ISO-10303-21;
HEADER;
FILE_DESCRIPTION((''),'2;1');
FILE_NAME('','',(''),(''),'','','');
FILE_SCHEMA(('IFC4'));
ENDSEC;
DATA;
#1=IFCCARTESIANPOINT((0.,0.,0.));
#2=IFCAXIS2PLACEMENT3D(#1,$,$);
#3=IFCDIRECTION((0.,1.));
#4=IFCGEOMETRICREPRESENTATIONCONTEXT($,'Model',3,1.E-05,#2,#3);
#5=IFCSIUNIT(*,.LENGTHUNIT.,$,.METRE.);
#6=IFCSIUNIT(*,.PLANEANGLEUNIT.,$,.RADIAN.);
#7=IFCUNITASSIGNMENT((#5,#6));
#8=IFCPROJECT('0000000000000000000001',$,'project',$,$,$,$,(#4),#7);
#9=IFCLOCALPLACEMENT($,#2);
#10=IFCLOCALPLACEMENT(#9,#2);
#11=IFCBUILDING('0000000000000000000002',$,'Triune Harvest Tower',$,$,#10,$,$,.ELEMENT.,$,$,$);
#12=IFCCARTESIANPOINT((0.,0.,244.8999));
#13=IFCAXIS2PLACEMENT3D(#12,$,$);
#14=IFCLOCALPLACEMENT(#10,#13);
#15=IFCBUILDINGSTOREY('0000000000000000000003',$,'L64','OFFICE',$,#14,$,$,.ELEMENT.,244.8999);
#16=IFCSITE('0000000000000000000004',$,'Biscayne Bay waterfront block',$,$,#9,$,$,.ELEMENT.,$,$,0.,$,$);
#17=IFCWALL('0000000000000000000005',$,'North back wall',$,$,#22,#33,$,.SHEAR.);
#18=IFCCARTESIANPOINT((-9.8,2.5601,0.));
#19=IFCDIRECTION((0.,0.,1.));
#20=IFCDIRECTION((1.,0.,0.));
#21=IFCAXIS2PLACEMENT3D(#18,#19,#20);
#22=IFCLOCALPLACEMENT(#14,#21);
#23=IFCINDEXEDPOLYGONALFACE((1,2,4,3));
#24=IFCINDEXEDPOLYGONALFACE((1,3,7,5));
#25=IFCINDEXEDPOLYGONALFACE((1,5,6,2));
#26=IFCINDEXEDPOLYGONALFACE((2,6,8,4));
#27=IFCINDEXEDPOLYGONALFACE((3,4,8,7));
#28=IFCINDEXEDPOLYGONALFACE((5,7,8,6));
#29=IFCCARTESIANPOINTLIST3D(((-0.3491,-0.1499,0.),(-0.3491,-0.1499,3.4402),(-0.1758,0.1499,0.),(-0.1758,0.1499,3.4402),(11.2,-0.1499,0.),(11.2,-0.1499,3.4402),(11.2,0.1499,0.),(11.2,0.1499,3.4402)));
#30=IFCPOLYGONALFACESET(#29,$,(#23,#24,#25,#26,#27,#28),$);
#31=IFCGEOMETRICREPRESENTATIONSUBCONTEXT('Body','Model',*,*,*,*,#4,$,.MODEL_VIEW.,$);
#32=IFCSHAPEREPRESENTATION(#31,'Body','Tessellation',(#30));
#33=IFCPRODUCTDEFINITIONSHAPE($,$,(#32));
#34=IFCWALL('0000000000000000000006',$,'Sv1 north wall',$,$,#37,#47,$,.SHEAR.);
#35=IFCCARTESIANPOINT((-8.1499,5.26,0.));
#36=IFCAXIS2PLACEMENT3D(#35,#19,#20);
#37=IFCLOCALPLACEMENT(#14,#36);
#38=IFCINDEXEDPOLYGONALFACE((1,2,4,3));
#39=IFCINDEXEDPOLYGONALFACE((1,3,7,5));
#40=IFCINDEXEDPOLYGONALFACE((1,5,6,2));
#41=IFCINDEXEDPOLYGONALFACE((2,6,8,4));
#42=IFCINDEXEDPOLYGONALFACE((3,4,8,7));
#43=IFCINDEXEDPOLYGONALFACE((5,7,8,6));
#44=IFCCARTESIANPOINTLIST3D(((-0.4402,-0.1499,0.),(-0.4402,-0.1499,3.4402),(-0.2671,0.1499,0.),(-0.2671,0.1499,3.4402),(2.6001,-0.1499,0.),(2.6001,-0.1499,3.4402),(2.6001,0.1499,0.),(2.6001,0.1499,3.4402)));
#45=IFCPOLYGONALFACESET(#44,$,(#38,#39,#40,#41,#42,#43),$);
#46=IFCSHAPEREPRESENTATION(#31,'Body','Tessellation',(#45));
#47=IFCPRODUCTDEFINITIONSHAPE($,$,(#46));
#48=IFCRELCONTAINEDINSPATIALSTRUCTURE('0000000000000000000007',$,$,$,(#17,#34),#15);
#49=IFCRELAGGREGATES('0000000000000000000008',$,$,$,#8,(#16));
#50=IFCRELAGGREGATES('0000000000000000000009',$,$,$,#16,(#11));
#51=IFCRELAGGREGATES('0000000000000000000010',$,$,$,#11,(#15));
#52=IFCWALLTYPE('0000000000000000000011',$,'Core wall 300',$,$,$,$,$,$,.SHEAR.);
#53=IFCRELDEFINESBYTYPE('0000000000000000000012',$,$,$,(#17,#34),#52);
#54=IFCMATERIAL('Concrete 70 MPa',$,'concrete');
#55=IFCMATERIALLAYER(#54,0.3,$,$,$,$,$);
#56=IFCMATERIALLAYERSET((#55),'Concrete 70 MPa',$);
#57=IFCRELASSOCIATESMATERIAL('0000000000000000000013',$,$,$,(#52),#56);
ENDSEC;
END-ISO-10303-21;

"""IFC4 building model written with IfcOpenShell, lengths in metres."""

from ifc_helpers import new_model, si_unit, direction, frame, origin, place, context, subcontext, project, spatial, polyline, outline, extrude, source, transform, mapped, material, layer, layer_set, type_object, element, save


model = new_model("IFC4")

# Units and contexts
model_context = context("Model", 3, precision=1e-05, world=origin(), true_north=direction((0.0, 1.0)))
body_context = subcontext(model_context, "Body", "Model", "MODEL_VIEW")
ifc_project = project(units=[si_unit("LENGTHUNIT", "METRE"), si_unit("PLANEANGLEUNIT", "RADIAN")], contexts=[model_context])

# Site, building, storey
site_placement = place(None, origin())
site = spatial("IfcSite", under=ifc_project, at=site_placement, Name="Biscayne Bay waterfront block", CompositionType="ELEMENT", RefElevation=0.0)
building_placement = place(site_placement, origin())
building = spatial("IfcBuilding", under=site, at=building_placement, Name="Triune Harvest Tower", CompositionType="ELEMENT")
storey_placement = place(building_placement, frame((0.0, 0.0, 244.8999)))
storey = spatial("IfcBuildingStorey", under=building, at=storey_placement, Name="L64", Description="OFFICE", CompositionType="ELEMENT", Elevation=244.8999)

# Wall
ifc_material_1 = material(Name="Concrete 70 MPa", Category="concrete")
ifc_layer_1 = layer(ifc_material_1, 0.3)
ifc_layer_set_1 = layer_set([ifc_layer_1], Name="Concrete 70 MPa")
wall_type_1 = type_object("IfcWallType", Name="Core wall 300", PredefinedType="SHEAR", material=ifc_layer_set_1)
shared_shape_1 = source(origin(), body_context, "Body", "SweptSolid", [
    extrude(outline(polyline([(11.2, -0.1499), (-0.3491, -0.1499), (-0.1758, 0.1499), (11.2, 0.1499), (11.2, -0.1499)])), origin(), (0.0, 0.0, 1.0), 3.4402),
])
wall_1_placement = place(storey_placement, frame((-9.8, 2.5601, 0.0), z_axis=(0.0, 0.0, 1.0), x_axis=(1.0, 0.0, 0.0)))
element("IfcWall", 1, at=wall_1_placement, inside=storey, type_object=wall_type_1, Name="North back wall", PredefinedType="SHEAR", context=body_context, shape_type="MappedRepresentation", body=[
    mapped(shared_shape_1, transform((0.0, 0.0, 0.0), scale=1.0)),
])

# Wall
shared_shape_2 = source(origin(), body_context, "Body", "SweptSolid", [
    extrude(outline(polyline([(2.6001, -0.1499), (-0.4402, -0.1499), (-0.2671, 0.1499), (2.6001, 0.1499), (2.6001, -0.1499)])), origin(), (0.0, 0.0, 1.0), 3.4402),
])
wall_2_placement = place(storey_placement, frame((-8.1499, 5.26, 0.0), z_axis=(0.0, 0.0, 1.0), x_axis=(1.0, 0.0, 0.0)))
element("IfcWall", 2, at=wall_2_placement, inside=storey, type_object=wall_type_1, Name="Sv1 north wall", PredefinedType="SHEAR", context=body_context, shape_type="MappedRepresentation", body=[
    mapped(shared_shape_2, transform((0.0, 0.0, 0.0), scale=1.0)),
])

save(model, "model.ifc")
